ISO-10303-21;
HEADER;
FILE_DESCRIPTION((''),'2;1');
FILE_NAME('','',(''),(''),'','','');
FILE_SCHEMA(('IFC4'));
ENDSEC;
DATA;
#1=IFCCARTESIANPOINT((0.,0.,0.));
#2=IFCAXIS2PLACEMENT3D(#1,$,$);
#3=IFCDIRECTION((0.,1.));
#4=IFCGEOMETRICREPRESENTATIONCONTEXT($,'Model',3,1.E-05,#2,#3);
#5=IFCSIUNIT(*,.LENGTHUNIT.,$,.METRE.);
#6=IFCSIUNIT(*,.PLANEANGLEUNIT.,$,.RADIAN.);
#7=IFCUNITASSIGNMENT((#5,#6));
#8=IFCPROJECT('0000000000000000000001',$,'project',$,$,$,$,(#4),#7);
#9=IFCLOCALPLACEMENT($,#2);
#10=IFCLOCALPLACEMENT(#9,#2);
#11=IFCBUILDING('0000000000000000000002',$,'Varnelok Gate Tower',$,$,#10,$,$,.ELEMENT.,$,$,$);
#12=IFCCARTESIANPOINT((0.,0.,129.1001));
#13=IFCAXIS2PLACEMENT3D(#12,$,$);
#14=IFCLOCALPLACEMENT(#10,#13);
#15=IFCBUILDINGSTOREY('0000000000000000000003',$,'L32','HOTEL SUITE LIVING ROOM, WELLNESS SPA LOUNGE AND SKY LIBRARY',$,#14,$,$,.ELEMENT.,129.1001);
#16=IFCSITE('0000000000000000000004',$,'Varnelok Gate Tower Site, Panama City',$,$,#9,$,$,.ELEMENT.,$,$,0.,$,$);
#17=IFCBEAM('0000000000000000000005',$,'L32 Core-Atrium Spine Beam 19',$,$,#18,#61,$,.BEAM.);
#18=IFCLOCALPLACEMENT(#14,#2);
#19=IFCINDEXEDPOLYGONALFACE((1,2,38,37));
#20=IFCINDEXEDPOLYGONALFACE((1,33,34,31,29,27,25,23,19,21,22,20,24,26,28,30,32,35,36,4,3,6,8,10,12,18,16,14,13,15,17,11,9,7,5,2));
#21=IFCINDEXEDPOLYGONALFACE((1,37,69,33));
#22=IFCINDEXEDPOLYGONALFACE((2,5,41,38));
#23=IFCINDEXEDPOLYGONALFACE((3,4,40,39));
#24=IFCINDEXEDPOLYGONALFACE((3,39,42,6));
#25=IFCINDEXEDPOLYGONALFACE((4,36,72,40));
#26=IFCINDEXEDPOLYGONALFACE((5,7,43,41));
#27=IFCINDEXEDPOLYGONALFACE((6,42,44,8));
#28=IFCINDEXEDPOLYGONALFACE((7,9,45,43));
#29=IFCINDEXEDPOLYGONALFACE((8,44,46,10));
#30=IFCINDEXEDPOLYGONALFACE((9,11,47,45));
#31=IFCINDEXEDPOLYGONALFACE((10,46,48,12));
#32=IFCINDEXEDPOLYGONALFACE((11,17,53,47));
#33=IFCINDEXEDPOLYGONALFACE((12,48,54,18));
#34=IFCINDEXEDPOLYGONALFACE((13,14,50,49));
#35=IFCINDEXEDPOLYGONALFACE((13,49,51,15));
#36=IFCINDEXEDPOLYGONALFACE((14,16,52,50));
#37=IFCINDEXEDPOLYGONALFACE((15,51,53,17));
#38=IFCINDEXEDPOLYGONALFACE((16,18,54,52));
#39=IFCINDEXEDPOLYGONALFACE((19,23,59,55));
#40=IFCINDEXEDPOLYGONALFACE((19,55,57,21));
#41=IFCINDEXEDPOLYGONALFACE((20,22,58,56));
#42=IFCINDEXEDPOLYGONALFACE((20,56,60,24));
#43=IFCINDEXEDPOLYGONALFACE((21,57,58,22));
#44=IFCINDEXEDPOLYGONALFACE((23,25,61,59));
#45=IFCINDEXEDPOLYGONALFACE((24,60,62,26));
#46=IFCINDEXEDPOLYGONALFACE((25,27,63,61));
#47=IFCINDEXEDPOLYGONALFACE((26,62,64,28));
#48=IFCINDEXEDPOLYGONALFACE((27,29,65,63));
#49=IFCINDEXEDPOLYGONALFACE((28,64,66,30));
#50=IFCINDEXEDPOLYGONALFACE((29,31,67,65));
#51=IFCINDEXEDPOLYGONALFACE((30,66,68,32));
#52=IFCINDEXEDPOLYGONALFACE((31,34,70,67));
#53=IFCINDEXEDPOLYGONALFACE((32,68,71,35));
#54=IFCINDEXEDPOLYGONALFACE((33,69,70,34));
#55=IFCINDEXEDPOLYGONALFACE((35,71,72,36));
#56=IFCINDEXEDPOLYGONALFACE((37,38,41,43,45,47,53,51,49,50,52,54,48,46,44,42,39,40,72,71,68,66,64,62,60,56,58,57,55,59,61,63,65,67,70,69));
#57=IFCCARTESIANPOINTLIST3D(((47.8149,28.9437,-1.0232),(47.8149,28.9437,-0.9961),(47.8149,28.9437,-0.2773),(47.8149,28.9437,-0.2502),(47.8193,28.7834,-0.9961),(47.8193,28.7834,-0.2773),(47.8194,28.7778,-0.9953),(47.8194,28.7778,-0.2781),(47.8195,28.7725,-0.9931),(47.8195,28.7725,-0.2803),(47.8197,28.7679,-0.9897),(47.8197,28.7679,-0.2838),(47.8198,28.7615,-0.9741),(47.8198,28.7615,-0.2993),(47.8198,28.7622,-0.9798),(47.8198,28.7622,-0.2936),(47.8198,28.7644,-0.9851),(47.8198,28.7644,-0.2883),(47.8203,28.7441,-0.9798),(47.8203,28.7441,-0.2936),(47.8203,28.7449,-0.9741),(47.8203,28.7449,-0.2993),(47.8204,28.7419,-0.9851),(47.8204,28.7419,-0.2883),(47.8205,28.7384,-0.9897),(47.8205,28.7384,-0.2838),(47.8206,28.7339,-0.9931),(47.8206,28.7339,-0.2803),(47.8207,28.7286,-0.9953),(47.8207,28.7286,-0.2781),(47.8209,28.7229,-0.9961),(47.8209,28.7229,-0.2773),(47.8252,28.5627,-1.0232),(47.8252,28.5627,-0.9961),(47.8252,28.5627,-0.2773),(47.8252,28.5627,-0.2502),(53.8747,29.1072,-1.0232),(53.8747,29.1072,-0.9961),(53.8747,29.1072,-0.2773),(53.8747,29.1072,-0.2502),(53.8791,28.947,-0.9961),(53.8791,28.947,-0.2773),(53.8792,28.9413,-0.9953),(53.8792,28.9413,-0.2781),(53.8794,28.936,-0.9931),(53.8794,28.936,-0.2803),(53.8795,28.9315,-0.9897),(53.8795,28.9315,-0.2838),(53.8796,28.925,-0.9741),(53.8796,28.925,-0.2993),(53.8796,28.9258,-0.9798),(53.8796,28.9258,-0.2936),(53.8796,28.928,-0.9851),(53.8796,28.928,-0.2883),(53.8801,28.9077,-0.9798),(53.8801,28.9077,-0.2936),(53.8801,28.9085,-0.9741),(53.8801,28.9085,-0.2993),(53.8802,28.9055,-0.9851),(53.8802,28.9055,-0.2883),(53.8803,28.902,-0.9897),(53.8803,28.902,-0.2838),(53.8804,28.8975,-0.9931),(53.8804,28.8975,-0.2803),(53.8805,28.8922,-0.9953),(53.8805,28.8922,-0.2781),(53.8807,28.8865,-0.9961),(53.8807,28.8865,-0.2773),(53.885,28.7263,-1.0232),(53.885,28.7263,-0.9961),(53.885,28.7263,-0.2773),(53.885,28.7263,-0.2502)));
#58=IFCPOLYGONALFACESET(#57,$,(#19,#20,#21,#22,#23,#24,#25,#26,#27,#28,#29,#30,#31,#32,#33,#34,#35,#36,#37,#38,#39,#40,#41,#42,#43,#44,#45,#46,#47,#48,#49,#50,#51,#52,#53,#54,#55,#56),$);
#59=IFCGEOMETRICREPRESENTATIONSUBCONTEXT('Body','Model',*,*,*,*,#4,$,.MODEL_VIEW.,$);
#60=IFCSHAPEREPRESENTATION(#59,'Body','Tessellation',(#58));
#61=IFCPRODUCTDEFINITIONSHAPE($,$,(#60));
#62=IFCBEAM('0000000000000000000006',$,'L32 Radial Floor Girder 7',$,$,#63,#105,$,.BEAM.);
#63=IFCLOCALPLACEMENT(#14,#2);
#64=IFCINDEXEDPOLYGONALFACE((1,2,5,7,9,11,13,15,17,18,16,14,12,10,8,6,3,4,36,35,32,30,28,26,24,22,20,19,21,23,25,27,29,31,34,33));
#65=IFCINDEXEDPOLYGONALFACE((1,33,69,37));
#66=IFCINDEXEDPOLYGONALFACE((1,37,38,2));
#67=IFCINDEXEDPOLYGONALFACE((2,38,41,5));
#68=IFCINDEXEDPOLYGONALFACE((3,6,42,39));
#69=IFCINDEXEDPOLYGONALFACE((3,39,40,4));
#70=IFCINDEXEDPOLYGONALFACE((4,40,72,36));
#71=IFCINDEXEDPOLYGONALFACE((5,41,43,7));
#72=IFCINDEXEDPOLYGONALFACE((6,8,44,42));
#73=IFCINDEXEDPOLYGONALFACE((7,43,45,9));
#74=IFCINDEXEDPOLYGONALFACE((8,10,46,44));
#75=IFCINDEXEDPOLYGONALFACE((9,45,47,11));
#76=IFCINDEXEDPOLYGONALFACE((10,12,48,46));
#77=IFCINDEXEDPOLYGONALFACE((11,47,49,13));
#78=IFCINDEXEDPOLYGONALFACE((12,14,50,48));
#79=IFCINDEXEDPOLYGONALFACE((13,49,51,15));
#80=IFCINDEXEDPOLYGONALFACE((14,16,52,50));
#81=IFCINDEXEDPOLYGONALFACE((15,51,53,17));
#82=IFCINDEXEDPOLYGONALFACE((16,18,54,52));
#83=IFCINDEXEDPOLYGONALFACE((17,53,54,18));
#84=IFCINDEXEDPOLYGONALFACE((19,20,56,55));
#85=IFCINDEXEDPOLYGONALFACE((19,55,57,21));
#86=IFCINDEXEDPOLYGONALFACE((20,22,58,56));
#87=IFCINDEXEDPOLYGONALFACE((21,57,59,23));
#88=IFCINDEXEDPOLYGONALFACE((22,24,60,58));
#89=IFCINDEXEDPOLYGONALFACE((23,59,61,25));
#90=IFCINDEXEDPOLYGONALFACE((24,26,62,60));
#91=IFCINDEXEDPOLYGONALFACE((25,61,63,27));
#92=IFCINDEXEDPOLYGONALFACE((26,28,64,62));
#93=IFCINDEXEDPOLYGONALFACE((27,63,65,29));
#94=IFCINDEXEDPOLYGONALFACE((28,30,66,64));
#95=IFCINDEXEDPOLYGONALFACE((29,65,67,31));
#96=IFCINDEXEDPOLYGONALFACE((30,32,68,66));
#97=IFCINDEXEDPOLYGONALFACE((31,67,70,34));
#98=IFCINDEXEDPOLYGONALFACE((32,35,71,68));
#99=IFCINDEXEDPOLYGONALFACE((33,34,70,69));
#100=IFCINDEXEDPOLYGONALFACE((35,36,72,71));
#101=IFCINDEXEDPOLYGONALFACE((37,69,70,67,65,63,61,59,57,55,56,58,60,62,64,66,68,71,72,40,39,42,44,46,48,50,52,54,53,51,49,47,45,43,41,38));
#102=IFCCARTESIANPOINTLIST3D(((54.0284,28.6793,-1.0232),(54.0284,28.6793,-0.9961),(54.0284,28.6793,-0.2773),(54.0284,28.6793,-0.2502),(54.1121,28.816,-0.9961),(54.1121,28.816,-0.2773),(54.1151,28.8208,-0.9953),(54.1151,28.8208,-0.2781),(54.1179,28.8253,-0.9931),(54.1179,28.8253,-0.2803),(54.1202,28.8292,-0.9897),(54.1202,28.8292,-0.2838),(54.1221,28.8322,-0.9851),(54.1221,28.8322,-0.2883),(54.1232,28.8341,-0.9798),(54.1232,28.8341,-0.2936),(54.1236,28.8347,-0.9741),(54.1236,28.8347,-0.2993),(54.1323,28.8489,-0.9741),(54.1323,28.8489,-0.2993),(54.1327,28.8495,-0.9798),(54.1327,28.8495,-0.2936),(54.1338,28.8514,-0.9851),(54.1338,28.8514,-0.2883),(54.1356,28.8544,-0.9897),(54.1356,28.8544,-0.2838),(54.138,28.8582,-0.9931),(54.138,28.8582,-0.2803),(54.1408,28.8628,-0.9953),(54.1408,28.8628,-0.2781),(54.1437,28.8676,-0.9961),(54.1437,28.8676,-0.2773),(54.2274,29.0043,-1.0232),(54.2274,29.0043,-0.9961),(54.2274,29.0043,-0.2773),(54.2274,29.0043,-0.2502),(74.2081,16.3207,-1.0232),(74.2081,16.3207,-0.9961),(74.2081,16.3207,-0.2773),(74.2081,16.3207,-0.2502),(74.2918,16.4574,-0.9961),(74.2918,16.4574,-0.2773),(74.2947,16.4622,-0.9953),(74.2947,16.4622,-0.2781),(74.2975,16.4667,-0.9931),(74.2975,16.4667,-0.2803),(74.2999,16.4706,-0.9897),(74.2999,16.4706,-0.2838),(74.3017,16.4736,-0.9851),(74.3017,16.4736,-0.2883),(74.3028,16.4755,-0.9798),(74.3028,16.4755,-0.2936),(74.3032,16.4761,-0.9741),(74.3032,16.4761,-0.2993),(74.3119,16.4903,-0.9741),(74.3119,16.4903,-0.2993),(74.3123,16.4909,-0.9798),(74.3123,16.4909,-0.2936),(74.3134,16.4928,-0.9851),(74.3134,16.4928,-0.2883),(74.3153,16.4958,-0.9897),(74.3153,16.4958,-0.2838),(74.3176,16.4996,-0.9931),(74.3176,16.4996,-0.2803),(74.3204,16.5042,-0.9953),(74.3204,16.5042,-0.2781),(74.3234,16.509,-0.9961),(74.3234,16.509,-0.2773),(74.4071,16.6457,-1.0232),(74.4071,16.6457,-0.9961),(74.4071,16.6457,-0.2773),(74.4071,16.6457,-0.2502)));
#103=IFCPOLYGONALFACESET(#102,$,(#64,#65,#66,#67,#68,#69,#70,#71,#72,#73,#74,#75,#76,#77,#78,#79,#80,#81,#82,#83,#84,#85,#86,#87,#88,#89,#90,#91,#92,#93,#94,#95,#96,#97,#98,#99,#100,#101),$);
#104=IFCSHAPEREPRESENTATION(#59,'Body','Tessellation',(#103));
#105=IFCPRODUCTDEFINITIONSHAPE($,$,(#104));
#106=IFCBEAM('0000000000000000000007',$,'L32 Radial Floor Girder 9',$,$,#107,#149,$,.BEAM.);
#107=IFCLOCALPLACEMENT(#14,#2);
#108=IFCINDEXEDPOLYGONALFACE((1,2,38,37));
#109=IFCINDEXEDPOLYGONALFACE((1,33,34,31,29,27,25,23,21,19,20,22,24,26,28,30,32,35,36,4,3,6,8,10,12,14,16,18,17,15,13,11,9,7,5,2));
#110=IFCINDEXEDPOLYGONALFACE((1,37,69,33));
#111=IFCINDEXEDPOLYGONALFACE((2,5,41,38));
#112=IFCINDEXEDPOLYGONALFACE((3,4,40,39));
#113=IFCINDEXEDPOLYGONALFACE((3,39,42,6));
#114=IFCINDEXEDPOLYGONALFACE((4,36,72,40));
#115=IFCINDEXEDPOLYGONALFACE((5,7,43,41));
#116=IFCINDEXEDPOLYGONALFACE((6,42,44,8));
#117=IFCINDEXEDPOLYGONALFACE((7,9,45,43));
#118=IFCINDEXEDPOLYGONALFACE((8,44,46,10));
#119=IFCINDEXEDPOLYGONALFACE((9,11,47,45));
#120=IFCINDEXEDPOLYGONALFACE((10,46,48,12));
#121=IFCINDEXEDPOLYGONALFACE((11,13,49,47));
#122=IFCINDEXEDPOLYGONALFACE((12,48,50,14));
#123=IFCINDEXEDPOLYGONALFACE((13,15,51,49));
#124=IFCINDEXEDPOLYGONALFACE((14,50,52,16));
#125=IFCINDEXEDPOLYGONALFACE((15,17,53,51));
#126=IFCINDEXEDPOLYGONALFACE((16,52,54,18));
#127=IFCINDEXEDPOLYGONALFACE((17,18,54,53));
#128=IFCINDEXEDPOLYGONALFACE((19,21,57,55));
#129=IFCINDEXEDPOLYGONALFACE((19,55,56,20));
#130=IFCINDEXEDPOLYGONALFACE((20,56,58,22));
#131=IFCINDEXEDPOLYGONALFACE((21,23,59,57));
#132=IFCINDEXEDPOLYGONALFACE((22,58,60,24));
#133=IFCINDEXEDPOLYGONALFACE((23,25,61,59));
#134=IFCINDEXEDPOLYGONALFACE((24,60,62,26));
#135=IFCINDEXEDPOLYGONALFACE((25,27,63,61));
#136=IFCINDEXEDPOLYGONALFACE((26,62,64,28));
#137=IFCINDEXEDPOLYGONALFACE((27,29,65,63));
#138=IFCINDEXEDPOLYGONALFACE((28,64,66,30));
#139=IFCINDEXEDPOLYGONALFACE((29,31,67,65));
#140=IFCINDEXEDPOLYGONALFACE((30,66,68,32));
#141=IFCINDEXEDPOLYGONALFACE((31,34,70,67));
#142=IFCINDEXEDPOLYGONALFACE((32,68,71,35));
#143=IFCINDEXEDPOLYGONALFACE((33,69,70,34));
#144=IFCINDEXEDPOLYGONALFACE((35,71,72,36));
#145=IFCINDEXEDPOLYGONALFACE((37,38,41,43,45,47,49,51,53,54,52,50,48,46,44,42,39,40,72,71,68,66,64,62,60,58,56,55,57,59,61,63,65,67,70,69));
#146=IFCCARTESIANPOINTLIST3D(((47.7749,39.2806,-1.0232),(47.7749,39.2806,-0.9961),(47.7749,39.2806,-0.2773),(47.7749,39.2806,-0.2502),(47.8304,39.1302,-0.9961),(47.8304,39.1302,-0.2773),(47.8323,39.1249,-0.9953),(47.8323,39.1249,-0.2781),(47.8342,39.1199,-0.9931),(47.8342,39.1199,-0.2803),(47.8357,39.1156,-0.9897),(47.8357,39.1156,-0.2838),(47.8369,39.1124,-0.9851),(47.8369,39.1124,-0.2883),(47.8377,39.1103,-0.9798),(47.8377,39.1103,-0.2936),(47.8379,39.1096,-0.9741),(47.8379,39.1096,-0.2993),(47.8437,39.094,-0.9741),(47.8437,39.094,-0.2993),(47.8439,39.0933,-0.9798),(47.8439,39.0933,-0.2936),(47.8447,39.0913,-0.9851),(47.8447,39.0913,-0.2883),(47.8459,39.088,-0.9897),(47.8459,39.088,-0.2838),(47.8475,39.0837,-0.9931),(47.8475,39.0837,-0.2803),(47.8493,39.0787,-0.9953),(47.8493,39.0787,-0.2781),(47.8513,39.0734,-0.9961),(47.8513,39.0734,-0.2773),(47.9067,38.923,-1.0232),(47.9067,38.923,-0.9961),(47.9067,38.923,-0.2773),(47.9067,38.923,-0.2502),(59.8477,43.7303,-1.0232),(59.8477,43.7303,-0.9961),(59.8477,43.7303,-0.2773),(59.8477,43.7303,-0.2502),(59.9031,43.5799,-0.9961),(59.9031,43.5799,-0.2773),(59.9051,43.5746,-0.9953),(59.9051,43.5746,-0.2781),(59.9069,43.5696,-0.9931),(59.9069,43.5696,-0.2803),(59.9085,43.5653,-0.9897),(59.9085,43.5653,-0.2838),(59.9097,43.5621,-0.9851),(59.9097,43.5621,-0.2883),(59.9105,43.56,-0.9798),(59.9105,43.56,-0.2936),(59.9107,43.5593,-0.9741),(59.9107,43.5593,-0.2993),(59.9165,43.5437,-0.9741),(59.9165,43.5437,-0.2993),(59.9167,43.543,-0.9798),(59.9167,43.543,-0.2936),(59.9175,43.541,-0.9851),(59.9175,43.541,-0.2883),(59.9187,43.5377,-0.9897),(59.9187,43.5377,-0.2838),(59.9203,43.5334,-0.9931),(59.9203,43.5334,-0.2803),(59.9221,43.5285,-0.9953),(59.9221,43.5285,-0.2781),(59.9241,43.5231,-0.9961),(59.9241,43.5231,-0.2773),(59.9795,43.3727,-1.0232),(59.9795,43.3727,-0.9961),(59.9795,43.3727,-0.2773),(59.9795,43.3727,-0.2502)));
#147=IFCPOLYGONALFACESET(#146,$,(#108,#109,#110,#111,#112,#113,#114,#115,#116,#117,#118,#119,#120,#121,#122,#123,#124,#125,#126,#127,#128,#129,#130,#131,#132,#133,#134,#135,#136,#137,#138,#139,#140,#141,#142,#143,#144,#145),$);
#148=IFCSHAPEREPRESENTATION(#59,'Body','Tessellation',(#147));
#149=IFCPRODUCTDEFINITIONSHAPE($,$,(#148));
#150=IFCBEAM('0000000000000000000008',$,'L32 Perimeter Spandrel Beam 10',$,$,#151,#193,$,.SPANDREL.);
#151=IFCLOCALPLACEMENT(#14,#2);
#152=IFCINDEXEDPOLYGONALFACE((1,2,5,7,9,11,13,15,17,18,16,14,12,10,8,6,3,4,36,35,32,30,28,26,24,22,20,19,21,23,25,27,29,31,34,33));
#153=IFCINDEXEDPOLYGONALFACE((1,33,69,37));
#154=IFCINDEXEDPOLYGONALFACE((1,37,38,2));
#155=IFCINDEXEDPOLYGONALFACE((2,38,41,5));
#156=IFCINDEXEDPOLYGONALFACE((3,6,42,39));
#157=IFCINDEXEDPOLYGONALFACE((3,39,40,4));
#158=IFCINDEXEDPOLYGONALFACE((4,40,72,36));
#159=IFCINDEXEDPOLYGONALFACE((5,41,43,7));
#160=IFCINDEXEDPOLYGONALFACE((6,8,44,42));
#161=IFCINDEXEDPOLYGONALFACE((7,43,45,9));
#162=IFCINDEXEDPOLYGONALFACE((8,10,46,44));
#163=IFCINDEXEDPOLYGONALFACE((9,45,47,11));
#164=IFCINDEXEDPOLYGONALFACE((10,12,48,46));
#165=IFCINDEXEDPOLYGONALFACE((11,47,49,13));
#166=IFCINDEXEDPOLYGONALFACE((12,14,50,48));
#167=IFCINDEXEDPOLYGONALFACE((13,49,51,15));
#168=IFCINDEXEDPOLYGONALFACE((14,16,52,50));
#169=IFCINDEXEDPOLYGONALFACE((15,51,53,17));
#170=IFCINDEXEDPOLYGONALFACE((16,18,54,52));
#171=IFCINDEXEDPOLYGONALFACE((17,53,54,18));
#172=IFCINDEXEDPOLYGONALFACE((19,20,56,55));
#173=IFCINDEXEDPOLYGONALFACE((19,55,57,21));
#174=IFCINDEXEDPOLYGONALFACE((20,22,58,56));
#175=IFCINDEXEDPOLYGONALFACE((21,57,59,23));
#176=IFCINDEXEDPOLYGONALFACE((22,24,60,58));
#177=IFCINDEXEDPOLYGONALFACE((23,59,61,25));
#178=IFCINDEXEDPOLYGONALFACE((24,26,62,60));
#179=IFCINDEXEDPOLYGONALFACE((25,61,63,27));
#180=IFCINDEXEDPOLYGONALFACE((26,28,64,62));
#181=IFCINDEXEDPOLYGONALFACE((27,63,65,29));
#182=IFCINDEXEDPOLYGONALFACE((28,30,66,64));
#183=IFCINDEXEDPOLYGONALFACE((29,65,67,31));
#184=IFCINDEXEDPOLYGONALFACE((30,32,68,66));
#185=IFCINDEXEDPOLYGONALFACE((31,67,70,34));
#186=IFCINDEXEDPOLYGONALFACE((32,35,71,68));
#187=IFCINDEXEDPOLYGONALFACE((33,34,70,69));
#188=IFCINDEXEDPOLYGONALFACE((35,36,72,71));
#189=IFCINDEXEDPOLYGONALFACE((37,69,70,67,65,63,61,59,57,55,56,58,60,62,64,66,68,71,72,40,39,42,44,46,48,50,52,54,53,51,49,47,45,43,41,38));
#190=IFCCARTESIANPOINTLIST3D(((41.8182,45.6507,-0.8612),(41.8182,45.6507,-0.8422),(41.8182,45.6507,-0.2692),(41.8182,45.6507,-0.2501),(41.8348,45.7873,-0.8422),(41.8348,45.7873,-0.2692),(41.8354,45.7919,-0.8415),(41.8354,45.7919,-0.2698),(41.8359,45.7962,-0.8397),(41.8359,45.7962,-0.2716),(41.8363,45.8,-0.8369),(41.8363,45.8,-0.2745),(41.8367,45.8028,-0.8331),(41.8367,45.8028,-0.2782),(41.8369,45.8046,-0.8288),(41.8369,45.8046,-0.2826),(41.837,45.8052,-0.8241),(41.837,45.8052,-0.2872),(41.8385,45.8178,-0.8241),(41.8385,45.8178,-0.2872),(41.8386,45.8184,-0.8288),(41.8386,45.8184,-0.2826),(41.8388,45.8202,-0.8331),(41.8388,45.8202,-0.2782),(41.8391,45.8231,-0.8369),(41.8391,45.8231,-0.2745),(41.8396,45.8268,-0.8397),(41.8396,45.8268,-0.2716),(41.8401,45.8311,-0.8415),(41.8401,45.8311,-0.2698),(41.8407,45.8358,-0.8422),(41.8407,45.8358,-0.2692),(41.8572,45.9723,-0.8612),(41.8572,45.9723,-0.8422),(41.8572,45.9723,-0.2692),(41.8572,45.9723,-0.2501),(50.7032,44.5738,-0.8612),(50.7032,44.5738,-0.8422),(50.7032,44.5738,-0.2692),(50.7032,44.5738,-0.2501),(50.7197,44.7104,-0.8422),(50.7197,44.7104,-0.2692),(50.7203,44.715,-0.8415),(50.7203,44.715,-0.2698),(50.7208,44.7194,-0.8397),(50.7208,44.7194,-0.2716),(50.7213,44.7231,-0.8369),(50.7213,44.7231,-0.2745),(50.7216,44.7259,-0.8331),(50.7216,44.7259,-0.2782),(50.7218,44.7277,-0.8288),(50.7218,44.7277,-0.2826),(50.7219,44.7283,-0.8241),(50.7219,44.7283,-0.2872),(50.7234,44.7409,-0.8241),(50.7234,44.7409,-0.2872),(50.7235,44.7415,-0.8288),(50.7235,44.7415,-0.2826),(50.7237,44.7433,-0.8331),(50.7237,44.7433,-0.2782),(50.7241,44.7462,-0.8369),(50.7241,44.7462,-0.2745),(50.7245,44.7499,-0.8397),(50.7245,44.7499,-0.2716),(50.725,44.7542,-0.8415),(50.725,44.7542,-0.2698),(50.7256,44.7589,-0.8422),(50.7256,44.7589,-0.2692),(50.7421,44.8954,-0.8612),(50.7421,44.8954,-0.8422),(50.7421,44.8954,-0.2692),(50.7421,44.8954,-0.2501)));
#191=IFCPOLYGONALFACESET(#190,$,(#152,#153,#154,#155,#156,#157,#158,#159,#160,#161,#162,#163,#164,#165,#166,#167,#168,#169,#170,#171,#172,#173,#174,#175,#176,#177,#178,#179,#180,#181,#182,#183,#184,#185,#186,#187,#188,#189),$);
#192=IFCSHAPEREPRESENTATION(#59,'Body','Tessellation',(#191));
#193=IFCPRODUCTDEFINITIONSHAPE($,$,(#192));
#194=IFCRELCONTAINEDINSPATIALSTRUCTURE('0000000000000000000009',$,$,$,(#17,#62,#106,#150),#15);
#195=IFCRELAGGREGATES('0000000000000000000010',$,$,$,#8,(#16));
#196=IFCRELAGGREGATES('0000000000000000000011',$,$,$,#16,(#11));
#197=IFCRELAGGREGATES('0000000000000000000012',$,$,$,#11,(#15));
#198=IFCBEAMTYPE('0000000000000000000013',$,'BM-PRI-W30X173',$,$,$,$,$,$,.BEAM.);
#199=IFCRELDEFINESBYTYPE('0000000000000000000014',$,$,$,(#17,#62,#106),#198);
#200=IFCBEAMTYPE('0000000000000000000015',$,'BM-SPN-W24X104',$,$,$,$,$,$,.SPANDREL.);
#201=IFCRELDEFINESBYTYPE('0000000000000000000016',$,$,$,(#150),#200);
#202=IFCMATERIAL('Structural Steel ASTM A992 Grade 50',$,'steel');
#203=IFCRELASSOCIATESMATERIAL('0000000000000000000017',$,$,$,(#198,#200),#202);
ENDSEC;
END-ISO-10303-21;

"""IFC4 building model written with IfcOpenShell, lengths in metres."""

from ifc_helpers import new_model, si_unit, direction, frame, origin, origin_2d, place, context, subcontext, project, spatial, i_section, extrude, material, material_profile, profile_set, type_object, element, save


model = new_model("IFC4")

# Units and contexts
model_context = context("Model", 3, precision=1e-05, world=origin(), true_north=direction((0.0, 1.0)))
body_context = subcontext(model_context, "Body", "Model", "MODEL_VIEW")
ifc_project = project(units=[si_unit("LENGTHUNIT", "METRE"), si_unit("PLANEANGLEUNIT", "RADIAN")], contexts=[model_context])

# Site, building, storey
site_placement = place(None, origin())
site = spatial("IfcSite", under=ifc_project, at=site_placement, Name="Varnelok Gate Tower Site, Panama City", CompositionType="ELEMENT", RefElevation=0.0)
building_placement = place(site_placement, origin())
building = spatial("IfcBuilding", under=site, at=building_placement, Name="Varnelok Gate Tower", CompositionType="ELEMENT")
storey_placement = place(building_placement, frame((0.0, 0.0, 129.1001)))
storey = spatial("IfcBuildingStorey", under=building, at=storey_placement, Name="L32", Description="HOTEL SUITE LIVING ROOM, WELLNESS SPA LOUNGE AND SKY LIBRARY", CompositionType="ELEMENT", Elevation=129.1001)

# Shared definitions
ifc_material_1 = material(Name="Structural Steel ASTM A992 Grade 50", Category="steel")

# Beams
ifc_material_profile_1 = material_profile(ifc_material_1, i_section(OverallWidth=0.3811, OverallDepth=0.7729, WebThickness=0.0166, FlangeThickness=0.0271, FilletRadius=0.022, at=origin_2d()), Name="W30X173")
ifc_profile_set_1 = profile_set([ifc_material_profile_1], Name="Structural Steel ASTM A992 Grade 50")
beam_type_1 = type_object("IfcBeamType", Name="BM-PRI-W30X173", PredefinedType="BEAM", material=ifc_profile_set_1)
beam_1_placement = place(storey_placement, frame((47.8201, 28.7532, -0.6367), z_axis=(0.999636, 0.026983, 0.0), x_axis=(-0.026983, 0.999636, 0.0)))
element("IfcBeam", 1, at=beam_1_placement, inside=storey, type_object=beam_type_1, Name="L32 Core-Atrium Spine Beam 19", PredefinedType="BEAM", context=body_context, shape_type="SweptSolid", body=[
    extrude(i_section(OverallWidth=0.3811, OverallDepth=0.7729, WebThickness=0.0166, FlangeThickness=0.0271, FilletRadius=0.022, at=origin_2d()), origin(), (0.0, 0.0, 1.0), 6.062),
])
beam_2_placement = place(storey_placement, frame((54.1279, 28.8418, -0.6367), z_axis=(0.852781, -0.522269, 0.0), x_axis=(0.522269, 0.852781, 0.0)))
element("IfcBeam", 2, at=beam_2_placement, inside=storey, type_object=beam_type_1, Name="L32 Radial Floor Girder 7", PredefinedType="BEAM", context=body_context, shape_type="SweptSolid", body=[
    extrude(i_section(OverallWidth=0.3811, OverallDepth=0.7729, WebThickness=0.0166, FlangeThickness=0.0271, FilletRadius=0.022, at=origin_2d()), origin(), (0.0, 0.0, 1.0), 23.6633),
])
beam_3_placement = place(storey_placement, frame((47.8408, 39.1018, -0.6367), z_axis=(0.938296, 0.345832, 0.0), x_axis=(-0.345832, 0.938296, 0.0)))
element("IfcBeam", 3, at=beam_3_placement, inside=storey, type_object=beam_type_1, Name="L32 Radial Floor Girder 9", PredefinedType="BEAM", context=body_context, shape_type="SweptSolid", body=[
    extrude(i_section(OverallWidth=0.3811, OverallDepth=0.7729, WebThickness=0.0166, FlangeThickness=0.0271, FilletRadius=0.022, at=origin_2d()), origin(), (0.0, 0.0, 1.0), 12.8667),
])
ifc_material_profile_2 = material_profile(ifc_material_1, i_section(OverallWidth=0.324, OverallDepth=0.6111, WebThickness=0.0127, FlangeThickness=0.019, FilletRadius=0.0181, at=origin_2d()), Name="W24X104")
ifc_profile_set_2 = profile_set([ifc_material_profile_2], Name="Structural Steel ASTM A992 Grade 50")
beam_type_2 = type_object("IfcBeamType", Name="BM-SPN-W24X104", PredefinedType="SPANDREL", material=ifc_profile_set_2)
beam_4_placement = place(storey_placement, frame((50.7227, 44.7346, -0.5557), z_axis=(-0.992735, 0.120324, 0.0), x_axis=(-0.120324, -0.992735, 0.0)))
element("IfcBeam", 4, at=beam_4_placement, inside=storey, type_object=beam_type_2, Name="L32 Perimeter Spandrel Beam 10", PredefinedType="SPANDREL", context=body_context, shape_type="SweptSolid", body=[
    extrude(i_section(OverallWidth=0.324, OverallDepth=0.6111, WebThickness=0.0127, FlangeThickness=0.019, FilletRadius=0.0181, at=origin_2d()), origin(), (0.0, 0.0, 1.0), 8.95),
])

save(model, "model.ifc")
